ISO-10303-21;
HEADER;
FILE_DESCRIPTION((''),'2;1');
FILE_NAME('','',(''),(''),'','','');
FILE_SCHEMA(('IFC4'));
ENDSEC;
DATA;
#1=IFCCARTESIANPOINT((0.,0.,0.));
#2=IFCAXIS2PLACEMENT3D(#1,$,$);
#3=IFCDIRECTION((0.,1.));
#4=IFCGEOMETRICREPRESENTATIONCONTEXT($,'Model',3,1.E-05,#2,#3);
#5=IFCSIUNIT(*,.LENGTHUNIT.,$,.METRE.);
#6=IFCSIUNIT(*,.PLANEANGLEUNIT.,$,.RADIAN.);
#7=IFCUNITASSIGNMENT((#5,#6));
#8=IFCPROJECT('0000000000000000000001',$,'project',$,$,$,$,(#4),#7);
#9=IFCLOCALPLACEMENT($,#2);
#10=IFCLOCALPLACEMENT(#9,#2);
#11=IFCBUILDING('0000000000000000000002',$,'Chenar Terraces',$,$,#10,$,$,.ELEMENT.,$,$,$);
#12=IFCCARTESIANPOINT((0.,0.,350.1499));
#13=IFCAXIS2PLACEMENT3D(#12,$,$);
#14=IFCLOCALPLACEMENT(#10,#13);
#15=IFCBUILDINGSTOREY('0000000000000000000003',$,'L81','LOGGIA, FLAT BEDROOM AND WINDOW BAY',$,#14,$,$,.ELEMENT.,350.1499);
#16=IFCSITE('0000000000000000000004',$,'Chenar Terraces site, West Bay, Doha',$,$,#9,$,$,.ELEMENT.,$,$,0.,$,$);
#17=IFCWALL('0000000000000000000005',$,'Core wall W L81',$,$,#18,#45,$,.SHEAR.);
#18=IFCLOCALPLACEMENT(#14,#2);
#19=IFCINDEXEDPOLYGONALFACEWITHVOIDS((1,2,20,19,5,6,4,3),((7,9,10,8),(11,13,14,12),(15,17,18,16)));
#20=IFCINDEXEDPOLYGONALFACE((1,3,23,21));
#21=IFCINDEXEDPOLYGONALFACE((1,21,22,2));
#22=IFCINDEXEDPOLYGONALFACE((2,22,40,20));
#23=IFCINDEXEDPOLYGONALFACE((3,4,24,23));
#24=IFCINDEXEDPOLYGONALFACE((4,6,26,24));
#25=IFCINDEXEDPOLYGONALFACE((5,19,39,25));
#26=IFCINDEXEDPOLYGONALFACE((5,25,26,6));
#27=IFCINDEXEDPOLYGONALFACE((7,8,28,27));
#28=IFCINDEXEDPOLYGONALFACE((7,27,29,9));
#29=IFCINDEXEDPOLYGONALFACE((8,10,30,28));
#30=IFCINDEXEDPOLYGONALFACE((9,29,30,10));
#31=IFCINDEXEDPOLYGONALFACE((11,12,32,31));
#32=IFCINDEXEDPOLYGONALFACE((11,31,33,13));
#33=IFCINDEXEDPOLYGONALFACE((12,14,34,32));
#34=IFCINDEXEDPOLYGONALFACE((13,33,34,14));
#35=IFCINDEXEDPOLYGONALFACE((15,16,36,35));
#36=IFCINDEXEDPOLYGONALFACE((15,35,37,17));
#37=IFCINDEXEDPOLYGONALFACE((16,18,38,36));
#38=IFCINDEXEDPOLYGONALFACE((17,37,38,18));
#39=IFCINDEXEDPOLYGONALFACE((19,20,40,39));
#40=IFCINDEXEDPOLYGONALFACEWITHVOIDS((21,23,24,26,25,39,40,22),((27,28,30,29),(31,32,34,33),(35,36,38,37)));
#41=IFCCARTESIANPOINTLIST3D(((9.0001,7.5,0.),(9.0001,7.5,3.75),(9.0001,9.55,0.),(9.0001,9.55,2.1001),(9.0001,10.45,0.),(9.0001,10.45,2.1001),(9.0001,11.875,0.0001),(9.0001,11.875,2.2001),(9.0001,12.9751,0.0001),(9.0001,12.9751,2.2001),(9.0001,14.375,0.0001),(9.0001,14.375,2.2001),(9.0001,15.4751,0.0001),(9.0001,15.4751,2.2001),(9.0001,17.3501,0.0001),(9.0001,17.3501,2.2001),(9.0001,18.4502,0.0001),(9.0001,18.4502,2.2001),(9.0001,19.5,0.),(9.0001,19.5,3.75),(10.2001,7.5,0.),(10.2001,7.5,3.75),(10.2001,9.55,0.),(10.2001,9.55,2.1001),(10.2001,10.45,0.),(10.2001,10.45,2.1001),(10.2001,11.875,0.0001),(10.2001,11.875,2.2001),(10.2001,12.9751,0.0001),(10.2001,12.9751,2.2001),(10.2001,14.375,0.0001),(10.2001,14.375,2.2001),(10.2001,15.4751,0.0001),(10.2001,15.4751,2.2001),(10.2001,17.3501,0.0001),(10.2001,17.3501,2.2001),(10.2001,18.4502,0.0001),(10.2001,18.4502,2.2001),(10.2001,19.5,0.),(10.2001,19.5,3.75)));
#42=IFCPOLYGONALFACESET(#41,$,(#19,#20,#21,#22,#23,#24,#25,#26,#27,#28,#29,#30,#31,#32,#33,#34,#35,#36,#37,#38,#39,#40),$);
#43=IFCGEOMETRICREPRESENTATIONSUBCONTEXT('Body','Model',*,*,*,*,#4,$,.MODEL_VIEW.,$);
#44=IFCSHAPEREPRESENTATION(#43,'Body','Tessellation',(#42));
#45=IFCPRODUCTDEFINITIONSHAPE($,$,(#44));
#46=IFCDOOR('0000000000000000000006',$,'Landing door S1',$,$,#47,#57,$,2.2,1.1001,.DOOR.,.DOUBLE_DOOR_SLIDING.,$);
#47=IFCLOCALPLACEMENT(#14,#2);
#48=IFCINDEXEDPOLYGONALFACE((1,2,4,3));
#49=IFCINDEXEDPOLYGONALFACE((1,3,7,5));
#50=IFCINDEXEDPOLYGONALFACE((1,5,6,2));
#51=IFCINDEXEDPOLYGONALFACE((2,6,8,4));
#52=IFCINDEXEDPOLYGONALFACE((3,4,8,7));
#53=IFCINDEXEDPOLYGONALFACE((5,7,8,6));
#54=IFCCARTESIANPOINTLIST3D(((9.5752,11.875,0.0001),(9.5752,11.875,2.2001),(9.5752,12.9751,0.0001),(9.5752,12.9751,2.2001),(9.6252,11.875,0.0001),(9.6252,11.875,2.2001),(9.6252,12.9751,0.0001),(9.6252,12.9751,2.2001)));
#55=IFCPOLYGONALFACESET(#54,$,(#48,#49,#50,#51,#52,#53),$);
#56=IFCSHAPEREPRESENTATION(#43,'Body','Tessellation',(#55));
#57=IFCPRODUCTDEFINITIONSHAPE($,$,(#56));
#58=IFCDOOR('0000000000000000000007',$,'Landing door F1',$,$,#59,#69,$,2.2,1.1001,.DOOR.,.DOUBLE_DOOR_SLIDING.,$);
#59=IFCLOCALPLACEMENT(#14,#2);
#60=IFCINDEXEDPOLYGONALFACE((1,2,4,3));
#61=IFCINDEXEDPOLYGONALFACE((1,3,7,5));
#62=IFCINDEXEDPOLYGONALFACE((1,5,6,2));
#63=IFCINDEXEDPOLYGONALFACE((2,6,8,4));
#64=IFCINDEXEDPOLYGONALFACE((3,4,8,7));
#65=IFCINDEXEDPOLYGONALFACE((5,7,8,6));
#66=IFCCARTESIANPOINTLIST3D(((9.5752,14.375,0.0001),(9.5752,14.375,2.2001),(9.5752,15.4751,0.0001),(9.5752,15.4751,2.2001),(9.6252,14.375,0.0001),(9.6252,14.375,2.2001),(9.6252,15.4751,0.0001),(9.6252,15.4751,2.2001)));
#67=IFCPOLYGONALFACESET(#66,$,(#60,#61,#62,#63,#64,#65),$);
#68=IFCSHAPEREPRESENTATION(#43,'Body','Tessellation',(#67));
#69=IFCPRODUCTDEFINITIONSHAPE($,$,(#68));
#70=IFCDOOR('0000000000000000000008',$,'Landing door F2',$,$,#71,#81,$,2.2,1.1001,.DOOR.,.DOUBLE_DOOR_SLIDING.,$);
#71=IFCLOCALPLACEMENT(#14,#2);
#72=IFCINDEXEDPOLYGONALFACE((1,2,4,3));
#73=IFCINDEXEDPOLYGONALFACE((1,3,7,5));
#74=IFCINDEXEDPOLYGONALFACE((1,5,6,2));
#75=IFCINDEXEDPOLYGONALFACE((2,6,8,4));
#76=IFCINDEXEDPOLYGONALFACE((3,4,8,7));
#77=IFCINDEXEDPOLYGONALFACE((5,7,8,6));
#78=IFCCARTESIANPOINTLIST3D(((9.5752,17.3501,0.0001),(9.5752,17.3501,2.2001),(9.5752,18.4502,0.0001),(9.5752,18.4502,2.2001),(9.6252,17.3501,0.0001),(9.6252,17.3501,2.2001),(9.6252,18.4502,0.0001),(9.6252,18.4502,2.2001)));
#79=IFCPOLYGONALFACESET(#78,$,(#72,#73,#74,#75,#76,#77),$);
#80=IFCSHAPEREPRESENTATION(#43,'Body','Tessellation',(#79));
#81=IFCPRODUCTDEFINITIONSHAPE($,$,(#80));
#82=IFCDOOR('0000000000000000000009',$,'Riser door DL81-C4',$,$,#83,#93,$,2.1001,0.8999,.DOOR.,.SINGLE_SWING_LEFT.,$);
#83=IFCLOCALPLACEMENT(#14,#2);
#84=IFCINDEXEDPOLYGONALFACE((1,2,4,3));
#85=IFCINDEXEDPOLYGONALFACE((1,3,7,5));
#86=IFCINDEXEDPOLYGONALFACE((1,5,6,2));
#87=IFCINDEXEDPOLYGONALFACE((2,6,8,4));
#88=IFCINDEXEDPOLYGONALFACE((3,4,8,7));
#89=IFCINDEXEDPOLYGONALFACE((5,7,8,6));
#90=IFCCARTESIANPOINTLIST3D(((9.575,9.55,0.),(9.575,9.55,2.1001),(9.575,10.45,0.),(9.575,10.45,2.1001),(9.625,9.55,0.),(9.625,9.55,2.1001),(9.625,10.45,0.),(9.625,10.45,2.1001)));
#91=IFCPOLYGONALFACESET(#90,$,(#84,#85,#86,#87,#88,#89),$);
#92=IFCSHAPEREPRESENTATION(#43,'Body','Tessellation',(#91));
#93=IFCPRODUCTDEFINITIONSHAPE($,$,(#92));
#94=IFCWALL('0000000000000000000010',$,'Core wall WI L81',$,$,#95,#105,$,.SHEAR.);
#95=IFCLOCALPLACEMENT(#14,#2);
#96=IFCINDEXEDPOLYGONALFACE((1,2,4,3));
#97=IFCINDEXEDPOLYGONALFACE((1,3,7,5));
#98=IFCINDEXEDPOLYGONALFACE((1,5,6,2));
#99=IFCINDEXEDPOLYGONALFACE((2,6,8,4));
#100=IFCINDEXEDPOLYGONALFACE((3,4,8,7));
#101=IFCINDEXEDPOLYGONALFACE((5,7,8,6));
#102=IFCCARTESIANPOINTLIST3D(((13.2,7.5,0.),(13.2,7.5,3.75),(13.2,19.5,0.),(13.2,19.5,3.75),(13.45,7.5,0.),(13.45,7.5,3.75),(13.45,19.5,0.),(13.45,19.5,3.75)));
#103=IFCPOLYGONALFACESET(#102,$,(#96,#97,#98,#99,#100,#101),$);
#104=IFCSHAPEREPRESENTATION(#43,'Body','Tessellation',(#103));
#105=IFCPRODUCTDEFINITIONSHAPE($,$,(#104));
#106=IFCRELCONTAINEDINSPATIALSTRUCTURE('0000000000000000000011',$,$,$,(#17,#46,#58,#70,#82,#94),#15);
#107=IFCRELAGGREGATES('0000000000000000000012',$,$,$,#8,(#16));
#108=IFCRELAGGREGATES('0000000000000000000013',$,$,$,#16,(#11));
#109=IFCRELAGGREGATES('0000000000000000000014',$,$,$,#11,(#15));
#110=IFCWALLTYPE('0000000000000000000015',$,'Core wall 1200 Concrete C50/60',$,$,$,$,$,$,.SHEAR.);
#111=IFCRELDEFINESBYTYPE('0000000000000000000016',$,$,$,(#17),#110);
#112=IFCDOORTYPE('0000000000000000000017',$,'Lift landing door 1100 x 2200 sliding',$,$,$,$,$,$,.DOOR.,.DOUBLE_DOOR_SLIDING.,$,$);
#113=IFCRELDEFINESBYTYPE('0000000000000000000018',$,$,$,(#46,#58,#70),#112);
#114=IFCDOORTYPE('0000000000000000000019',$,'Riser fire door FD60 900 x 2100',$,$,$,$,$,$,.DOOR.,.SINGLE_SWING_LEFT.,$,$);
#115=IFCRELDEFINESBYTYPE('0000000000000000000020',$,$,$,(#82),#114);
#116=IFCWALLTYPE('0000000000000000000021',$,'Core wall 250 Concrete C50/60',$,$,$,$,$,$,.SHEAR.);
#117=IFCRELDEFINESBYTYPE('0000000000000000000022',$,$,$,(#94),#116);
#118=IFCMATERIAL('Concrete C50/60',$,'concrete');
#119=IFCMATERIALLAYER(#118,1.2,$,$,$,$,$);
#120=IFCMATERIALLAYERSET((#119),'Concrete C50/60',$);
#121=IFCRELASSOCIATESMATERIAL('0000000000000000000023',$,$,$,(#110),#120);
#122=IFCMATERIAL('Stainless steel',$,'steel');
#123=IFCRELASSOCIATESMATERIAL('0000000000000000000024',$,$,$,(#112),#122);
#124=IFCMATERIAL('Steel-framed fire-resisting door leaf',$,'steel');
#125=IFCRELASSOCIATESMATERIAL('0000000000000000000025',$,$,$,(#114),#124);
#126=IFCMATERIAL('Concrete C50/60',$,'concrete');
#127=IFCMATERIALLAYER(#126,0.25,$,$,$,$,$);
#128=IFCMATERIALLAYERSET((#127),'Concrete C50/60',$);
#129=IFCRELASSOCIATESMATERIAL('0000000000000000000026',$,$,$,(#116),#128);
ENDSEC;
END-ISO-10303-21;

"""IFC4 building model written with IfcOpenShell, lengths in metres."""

from ifc_helpers import new_model, si_unit, direction, frame, frame_2d, origin, place, context, subcontext, project, spatial, rectangle, extrude, material, layer, layer_set, type_object, element, fill, save


model = new_model("IFC4")

# Units and contexts
model_context = context("Model", 3, precision=1e-05, world=origin(), true_north=direction((0.0, 1.0)))
body_context = subcontext(model_context, "Body", "Model", "MODEL_VIEW")
ifc_project = project(units=[si_unit("LENGTHUNIT", "METRE"), si_unit("PLANEANGLEUNIT", "RADIAN")], contexts=[model_context])

# Site, building, storey
site_placement = place(None, origin())
site = spatial("IfcSite", under=ifc_project, at=site_placement, Name="Chenar Terraces site, West Bay, Doha", CompositionType="ELEMENT", RefElevation=0.0)
building_placement = place(site_placement, origin())
building = spatial("IfcBuilding", under=site, at=building_placement, Name="Chenar Terraces", CompositionType="ELEMENT")
storey_placement = place(building_placement, frame((0.0, 0.0, 350.1499)))
storey = spatial("IfcBuildingStorey", under=building, at=storey_placement, Name="L81", Description="LOGGIA, FLAT BEDROOM AND WINDOW BAY", CompositionType="ELEMENT", Elevation=350.1499)

# Wall, openings, doors
ifc_material_1 = material(Name="Concrete C50/60", Category="concrete")
ifc_layer_1 = layer(ifc_material_1, 1.2)
ifc_layer_set_1 = layer_set([ifc_layer_1], Name="Concrete C50/60")
wall_type_1 = type_object("IfcWallType", Name="Core wall 1200 Concrete C50/60", PredefinedType="SHEAR", material=ifc_layer_set_1)
wall_1_placement = place(storey_placement, frame((9.6001, 7.5, 0.0), z_axis=(0.0, 0.0, 1.0), x_axis=(0.0, 1.0, 0.0)))
wall_1 = element("IfcWall", 1, at=wall_1_placement, inside=storey, type_object=wall_type_1, Name="Core wall W L81", PredefinedType="SHEAR", context=body_context, shape_type="SweptSolid", body=[
    extrude(rectangle(XDim=12.0, YDim=1.2, at=frame_2d((6.0, 0.0))), origin(), (0.0, 0.0, 1.0), 3.75),
])
opening_1_placement = place(wall_1_placement, frame((4.375, 0.0, 0.0)))
opening_1 = element("IfcOpeningElement", 2, at=opening_1_placement, cuts=wall_1, PredefinedType="OPENING", context=body_context, shape_type="SweptSolid", body=[
    extrude(rectangle(XDim=1.1001, YDim=2.2, at=frame_2d((0.55, 1.1001))), frame((0.0, 0.6099, 0.0), z_axis=(0.0, -1.0, 0.0), x_axis=(1.0, 0.0, 0.0)), (0.0, 0.0, 1.0), 1.22),
])
opening_2_placement = place(wall_1_placement, frame((6.875, 0.0, 0.0)))
opening_2 = element("IfcOpeningElement", 3, at=opening_2_placement, cuts=wall_1, PredefinedType="OPENING", context=body_context, shape_type="SweptSolid", body=[
    extrude(rectangle(XDim=1.1001, YDim=2.2, at=frame_2d((0.55, 1.1001))), frame((0.0, 0.6099, 0.0), z_axis=(0.0, -1.0, 0.0), x_axis=(1.0, 0.0, 0.0)), (0.0, 0.0, 1.0), 1.22),
])
opening_3_placement = place(wall_1_placement, frame((9.8501, 0.0, 0.0)))
opening_3 = element("IfcOpeningElement", 4, at=opening_3_placement, cuts=wall_1, PredefinedType="OPENING", context=body_context, shape_type="SweptSolid", body=[
    extrude(rectangle(XDim=1.1001, YDim=2.2, at=frame_2d((0.55, 1.1001))), frame((0.0, 0.6099, 0.0), z_axis=(0.0, -1.0, 0.0), x_axis=(1.0, 0.0, 0.0)), (0.0, 0.0, 1.0), 1.22),
])
opening_4_placement = place(wall_1_placement, frame((2.05, 0.0, 0.0)))
opening_4 = element("IfcOpeningElement", 5, at=opening_4_placement, cuts=wall_1, PredefinedType="OPENING", context=body_context, shape_type="SweptSolid", body=[
    extrude(rectangle(XDim=0.8999, YDim=2.1001, at=frame_2d((0.45, 1.05))), frame((0.0, 0.6099, 0.0), z_axis=(0.0, -1.0, 0.0), x_axis=(1.0, 0.0, 0.0)), (0.0, 0.0, 1.0), 1.22),
])
ifc_material_2 = material(Name="Stainless steel", Category="steel")
door_type_1 = type_object("IfcDoorType", Name="Lift landing door 1100 x 2200 sliding", OperationType="DOUBLE_DOOR_SLIDING", PredefinedType="DOOR", material=ifc_material_2)
door_1_placement = place(opening_1_placement, origin())
door_1 = element("IfcDoor", 6, at=door_1_placement, inside=storey, type_object=door_type_1, Name="Landing door S1", OperationType="DOUBLE_DOOR_SLIDING", OverallHeight=2.2, OverallWidth=1.1001, PredefinedType="DOOR", context=body_context, shape_type="SweptSolid", body=[
    extrude(rectangle(XDim=1.1001, YDim=2.2, at=frame_2d((0.55, 1.1001))), frame((0.0, 0.0249, 0.0), z_axis=(0.0, -1.0, 0.0), x_axis=(1.0, 0.0, 0.0)), (0.0, 0.0, 1.0), 0.05),
])
fill(opening_1, door_1)
door_2_placement = place(opening_2_placement, origin())
door_2 = element("IfcDoor", 7, at=door_2_placement, inside=storey, type_object=door_type_1, Name="Landing door F1", OperationType="DOUBLE_DOOR_SLIDING", OverallHeight=2.2, OverallWidth=1.1001, PredefinedType="DOOR", context=body_context, shape_type="SweptSolid", body=[
    extrude(rectangle(XDim=1.1001, YDim=2.2, at=frame_2d((0.55, 1.1001))), frame((0.0, 0.0249, 0.0), z_axis=(0.0, -1.0, 0.0), x_axis=(1.0, 0.0, 0.0)), (0.0, 0.0, 1.0), 0.05),
])
fill(opening_2, door_2)
door_3_placement = place(opening_3_placement, origin())
door_3 = element("IfcDoor", 8, at=door_3_placement, inside=storey, type_object=door_type_1, Name="Landing door F2", OperationType="DOUBLE_DOOR_SLIDING", OverallHeight=2.2, OverallWidth=1.1001, PredefinedType="DOOR", context=body_context, shape_type="SweptSolid", body=[
    extrude(rectangle(XDim=1.1001, YDim=2.2, at=frame_2d((0.55, 1.1001))), frame((0.0, 0.0249, 0.0), z_axis=(0.0, -1.0, 0.0), x_axis=(1.0, 0.0, 0.0)), (0.0, 0.0, 1.0), 0.05),
])
fill(opening_3, door_3)
ifc_material_3 = material(Name="Steel-framed fire-resisting door leaf", Category="steel")
door_type_2 = type_object("IfcDoorType", Name="Riser fire door FD60 900 x 2100", OperationType="SINGLE_SWING_LEFT", PredefinedType="DOOR", material=ifc_material_3)
door_4_placement = place(opening_4_placement, frame((0.8999, 0.0, 0.0), z_axis=(0.0, 0.0, 1.0), x_axis=(-1.0, 0.0, 0.0)))
door_4 = element("IfcDoor", 9, at=door_4_placement, inside=storey, type_object=door_type_2, Name="Riser door DL81-C4", OperationType="SINGLE_SWING_LEFT", OverallHeight=2.1001, OverallWidth=0.8999, PredefinedType="DOOR", context=body_context, shape_type="SweptSolid", body=[
    extrude(rectangle(XDim=0.8999, YDim=2.1001, at=frame_2d((0.45, 1.05))), frame((0.0, 0.0249, 0.0), z_axis=(0.0, -1.0, 0.0), x_axis=(1.0, 0.0, 0.0)), (0.0, 0.0, 1.0), 0.05),
])
fill(opening_4, door_4)

# Wall
ifc_material_4 = material(Name="Concrete C50/60", Category="concrete")
ifc_layer_2 = layer(ifc_material_4, 0.25)
ifc_layer_set_2 = layer_set([ifc_layer_2], Name="Concrete C50/60")
wall_type_2 = type_object("IfcWallType", Name="Core wall 250 Concrete C50/60", PredefinedType="SHEAR", material=ifc_layer_set_2)
wall_2_placement = place(storey_placement, frame((13.325, 7.5, 0.0), z_axis=(0.0, 0.0, 1.0), x_axis=(0.0, 1.0, 0.0)))
element("IfcWall", 10, at=wall_2_placement, inside=storey, type_object=wall_type_2, Name="Core wall WI L81", PredefinedType="SHEAR", context=body_context, shape_type="SweptSolid", body=[
    extrude(rectangle(XDim=12.0, YDim=0.25, at=frame_2d((6.0, 0.0))), origin(), (0.0, 0.0, 1.0), 3.75),
])

save(model, "model.ifc")
